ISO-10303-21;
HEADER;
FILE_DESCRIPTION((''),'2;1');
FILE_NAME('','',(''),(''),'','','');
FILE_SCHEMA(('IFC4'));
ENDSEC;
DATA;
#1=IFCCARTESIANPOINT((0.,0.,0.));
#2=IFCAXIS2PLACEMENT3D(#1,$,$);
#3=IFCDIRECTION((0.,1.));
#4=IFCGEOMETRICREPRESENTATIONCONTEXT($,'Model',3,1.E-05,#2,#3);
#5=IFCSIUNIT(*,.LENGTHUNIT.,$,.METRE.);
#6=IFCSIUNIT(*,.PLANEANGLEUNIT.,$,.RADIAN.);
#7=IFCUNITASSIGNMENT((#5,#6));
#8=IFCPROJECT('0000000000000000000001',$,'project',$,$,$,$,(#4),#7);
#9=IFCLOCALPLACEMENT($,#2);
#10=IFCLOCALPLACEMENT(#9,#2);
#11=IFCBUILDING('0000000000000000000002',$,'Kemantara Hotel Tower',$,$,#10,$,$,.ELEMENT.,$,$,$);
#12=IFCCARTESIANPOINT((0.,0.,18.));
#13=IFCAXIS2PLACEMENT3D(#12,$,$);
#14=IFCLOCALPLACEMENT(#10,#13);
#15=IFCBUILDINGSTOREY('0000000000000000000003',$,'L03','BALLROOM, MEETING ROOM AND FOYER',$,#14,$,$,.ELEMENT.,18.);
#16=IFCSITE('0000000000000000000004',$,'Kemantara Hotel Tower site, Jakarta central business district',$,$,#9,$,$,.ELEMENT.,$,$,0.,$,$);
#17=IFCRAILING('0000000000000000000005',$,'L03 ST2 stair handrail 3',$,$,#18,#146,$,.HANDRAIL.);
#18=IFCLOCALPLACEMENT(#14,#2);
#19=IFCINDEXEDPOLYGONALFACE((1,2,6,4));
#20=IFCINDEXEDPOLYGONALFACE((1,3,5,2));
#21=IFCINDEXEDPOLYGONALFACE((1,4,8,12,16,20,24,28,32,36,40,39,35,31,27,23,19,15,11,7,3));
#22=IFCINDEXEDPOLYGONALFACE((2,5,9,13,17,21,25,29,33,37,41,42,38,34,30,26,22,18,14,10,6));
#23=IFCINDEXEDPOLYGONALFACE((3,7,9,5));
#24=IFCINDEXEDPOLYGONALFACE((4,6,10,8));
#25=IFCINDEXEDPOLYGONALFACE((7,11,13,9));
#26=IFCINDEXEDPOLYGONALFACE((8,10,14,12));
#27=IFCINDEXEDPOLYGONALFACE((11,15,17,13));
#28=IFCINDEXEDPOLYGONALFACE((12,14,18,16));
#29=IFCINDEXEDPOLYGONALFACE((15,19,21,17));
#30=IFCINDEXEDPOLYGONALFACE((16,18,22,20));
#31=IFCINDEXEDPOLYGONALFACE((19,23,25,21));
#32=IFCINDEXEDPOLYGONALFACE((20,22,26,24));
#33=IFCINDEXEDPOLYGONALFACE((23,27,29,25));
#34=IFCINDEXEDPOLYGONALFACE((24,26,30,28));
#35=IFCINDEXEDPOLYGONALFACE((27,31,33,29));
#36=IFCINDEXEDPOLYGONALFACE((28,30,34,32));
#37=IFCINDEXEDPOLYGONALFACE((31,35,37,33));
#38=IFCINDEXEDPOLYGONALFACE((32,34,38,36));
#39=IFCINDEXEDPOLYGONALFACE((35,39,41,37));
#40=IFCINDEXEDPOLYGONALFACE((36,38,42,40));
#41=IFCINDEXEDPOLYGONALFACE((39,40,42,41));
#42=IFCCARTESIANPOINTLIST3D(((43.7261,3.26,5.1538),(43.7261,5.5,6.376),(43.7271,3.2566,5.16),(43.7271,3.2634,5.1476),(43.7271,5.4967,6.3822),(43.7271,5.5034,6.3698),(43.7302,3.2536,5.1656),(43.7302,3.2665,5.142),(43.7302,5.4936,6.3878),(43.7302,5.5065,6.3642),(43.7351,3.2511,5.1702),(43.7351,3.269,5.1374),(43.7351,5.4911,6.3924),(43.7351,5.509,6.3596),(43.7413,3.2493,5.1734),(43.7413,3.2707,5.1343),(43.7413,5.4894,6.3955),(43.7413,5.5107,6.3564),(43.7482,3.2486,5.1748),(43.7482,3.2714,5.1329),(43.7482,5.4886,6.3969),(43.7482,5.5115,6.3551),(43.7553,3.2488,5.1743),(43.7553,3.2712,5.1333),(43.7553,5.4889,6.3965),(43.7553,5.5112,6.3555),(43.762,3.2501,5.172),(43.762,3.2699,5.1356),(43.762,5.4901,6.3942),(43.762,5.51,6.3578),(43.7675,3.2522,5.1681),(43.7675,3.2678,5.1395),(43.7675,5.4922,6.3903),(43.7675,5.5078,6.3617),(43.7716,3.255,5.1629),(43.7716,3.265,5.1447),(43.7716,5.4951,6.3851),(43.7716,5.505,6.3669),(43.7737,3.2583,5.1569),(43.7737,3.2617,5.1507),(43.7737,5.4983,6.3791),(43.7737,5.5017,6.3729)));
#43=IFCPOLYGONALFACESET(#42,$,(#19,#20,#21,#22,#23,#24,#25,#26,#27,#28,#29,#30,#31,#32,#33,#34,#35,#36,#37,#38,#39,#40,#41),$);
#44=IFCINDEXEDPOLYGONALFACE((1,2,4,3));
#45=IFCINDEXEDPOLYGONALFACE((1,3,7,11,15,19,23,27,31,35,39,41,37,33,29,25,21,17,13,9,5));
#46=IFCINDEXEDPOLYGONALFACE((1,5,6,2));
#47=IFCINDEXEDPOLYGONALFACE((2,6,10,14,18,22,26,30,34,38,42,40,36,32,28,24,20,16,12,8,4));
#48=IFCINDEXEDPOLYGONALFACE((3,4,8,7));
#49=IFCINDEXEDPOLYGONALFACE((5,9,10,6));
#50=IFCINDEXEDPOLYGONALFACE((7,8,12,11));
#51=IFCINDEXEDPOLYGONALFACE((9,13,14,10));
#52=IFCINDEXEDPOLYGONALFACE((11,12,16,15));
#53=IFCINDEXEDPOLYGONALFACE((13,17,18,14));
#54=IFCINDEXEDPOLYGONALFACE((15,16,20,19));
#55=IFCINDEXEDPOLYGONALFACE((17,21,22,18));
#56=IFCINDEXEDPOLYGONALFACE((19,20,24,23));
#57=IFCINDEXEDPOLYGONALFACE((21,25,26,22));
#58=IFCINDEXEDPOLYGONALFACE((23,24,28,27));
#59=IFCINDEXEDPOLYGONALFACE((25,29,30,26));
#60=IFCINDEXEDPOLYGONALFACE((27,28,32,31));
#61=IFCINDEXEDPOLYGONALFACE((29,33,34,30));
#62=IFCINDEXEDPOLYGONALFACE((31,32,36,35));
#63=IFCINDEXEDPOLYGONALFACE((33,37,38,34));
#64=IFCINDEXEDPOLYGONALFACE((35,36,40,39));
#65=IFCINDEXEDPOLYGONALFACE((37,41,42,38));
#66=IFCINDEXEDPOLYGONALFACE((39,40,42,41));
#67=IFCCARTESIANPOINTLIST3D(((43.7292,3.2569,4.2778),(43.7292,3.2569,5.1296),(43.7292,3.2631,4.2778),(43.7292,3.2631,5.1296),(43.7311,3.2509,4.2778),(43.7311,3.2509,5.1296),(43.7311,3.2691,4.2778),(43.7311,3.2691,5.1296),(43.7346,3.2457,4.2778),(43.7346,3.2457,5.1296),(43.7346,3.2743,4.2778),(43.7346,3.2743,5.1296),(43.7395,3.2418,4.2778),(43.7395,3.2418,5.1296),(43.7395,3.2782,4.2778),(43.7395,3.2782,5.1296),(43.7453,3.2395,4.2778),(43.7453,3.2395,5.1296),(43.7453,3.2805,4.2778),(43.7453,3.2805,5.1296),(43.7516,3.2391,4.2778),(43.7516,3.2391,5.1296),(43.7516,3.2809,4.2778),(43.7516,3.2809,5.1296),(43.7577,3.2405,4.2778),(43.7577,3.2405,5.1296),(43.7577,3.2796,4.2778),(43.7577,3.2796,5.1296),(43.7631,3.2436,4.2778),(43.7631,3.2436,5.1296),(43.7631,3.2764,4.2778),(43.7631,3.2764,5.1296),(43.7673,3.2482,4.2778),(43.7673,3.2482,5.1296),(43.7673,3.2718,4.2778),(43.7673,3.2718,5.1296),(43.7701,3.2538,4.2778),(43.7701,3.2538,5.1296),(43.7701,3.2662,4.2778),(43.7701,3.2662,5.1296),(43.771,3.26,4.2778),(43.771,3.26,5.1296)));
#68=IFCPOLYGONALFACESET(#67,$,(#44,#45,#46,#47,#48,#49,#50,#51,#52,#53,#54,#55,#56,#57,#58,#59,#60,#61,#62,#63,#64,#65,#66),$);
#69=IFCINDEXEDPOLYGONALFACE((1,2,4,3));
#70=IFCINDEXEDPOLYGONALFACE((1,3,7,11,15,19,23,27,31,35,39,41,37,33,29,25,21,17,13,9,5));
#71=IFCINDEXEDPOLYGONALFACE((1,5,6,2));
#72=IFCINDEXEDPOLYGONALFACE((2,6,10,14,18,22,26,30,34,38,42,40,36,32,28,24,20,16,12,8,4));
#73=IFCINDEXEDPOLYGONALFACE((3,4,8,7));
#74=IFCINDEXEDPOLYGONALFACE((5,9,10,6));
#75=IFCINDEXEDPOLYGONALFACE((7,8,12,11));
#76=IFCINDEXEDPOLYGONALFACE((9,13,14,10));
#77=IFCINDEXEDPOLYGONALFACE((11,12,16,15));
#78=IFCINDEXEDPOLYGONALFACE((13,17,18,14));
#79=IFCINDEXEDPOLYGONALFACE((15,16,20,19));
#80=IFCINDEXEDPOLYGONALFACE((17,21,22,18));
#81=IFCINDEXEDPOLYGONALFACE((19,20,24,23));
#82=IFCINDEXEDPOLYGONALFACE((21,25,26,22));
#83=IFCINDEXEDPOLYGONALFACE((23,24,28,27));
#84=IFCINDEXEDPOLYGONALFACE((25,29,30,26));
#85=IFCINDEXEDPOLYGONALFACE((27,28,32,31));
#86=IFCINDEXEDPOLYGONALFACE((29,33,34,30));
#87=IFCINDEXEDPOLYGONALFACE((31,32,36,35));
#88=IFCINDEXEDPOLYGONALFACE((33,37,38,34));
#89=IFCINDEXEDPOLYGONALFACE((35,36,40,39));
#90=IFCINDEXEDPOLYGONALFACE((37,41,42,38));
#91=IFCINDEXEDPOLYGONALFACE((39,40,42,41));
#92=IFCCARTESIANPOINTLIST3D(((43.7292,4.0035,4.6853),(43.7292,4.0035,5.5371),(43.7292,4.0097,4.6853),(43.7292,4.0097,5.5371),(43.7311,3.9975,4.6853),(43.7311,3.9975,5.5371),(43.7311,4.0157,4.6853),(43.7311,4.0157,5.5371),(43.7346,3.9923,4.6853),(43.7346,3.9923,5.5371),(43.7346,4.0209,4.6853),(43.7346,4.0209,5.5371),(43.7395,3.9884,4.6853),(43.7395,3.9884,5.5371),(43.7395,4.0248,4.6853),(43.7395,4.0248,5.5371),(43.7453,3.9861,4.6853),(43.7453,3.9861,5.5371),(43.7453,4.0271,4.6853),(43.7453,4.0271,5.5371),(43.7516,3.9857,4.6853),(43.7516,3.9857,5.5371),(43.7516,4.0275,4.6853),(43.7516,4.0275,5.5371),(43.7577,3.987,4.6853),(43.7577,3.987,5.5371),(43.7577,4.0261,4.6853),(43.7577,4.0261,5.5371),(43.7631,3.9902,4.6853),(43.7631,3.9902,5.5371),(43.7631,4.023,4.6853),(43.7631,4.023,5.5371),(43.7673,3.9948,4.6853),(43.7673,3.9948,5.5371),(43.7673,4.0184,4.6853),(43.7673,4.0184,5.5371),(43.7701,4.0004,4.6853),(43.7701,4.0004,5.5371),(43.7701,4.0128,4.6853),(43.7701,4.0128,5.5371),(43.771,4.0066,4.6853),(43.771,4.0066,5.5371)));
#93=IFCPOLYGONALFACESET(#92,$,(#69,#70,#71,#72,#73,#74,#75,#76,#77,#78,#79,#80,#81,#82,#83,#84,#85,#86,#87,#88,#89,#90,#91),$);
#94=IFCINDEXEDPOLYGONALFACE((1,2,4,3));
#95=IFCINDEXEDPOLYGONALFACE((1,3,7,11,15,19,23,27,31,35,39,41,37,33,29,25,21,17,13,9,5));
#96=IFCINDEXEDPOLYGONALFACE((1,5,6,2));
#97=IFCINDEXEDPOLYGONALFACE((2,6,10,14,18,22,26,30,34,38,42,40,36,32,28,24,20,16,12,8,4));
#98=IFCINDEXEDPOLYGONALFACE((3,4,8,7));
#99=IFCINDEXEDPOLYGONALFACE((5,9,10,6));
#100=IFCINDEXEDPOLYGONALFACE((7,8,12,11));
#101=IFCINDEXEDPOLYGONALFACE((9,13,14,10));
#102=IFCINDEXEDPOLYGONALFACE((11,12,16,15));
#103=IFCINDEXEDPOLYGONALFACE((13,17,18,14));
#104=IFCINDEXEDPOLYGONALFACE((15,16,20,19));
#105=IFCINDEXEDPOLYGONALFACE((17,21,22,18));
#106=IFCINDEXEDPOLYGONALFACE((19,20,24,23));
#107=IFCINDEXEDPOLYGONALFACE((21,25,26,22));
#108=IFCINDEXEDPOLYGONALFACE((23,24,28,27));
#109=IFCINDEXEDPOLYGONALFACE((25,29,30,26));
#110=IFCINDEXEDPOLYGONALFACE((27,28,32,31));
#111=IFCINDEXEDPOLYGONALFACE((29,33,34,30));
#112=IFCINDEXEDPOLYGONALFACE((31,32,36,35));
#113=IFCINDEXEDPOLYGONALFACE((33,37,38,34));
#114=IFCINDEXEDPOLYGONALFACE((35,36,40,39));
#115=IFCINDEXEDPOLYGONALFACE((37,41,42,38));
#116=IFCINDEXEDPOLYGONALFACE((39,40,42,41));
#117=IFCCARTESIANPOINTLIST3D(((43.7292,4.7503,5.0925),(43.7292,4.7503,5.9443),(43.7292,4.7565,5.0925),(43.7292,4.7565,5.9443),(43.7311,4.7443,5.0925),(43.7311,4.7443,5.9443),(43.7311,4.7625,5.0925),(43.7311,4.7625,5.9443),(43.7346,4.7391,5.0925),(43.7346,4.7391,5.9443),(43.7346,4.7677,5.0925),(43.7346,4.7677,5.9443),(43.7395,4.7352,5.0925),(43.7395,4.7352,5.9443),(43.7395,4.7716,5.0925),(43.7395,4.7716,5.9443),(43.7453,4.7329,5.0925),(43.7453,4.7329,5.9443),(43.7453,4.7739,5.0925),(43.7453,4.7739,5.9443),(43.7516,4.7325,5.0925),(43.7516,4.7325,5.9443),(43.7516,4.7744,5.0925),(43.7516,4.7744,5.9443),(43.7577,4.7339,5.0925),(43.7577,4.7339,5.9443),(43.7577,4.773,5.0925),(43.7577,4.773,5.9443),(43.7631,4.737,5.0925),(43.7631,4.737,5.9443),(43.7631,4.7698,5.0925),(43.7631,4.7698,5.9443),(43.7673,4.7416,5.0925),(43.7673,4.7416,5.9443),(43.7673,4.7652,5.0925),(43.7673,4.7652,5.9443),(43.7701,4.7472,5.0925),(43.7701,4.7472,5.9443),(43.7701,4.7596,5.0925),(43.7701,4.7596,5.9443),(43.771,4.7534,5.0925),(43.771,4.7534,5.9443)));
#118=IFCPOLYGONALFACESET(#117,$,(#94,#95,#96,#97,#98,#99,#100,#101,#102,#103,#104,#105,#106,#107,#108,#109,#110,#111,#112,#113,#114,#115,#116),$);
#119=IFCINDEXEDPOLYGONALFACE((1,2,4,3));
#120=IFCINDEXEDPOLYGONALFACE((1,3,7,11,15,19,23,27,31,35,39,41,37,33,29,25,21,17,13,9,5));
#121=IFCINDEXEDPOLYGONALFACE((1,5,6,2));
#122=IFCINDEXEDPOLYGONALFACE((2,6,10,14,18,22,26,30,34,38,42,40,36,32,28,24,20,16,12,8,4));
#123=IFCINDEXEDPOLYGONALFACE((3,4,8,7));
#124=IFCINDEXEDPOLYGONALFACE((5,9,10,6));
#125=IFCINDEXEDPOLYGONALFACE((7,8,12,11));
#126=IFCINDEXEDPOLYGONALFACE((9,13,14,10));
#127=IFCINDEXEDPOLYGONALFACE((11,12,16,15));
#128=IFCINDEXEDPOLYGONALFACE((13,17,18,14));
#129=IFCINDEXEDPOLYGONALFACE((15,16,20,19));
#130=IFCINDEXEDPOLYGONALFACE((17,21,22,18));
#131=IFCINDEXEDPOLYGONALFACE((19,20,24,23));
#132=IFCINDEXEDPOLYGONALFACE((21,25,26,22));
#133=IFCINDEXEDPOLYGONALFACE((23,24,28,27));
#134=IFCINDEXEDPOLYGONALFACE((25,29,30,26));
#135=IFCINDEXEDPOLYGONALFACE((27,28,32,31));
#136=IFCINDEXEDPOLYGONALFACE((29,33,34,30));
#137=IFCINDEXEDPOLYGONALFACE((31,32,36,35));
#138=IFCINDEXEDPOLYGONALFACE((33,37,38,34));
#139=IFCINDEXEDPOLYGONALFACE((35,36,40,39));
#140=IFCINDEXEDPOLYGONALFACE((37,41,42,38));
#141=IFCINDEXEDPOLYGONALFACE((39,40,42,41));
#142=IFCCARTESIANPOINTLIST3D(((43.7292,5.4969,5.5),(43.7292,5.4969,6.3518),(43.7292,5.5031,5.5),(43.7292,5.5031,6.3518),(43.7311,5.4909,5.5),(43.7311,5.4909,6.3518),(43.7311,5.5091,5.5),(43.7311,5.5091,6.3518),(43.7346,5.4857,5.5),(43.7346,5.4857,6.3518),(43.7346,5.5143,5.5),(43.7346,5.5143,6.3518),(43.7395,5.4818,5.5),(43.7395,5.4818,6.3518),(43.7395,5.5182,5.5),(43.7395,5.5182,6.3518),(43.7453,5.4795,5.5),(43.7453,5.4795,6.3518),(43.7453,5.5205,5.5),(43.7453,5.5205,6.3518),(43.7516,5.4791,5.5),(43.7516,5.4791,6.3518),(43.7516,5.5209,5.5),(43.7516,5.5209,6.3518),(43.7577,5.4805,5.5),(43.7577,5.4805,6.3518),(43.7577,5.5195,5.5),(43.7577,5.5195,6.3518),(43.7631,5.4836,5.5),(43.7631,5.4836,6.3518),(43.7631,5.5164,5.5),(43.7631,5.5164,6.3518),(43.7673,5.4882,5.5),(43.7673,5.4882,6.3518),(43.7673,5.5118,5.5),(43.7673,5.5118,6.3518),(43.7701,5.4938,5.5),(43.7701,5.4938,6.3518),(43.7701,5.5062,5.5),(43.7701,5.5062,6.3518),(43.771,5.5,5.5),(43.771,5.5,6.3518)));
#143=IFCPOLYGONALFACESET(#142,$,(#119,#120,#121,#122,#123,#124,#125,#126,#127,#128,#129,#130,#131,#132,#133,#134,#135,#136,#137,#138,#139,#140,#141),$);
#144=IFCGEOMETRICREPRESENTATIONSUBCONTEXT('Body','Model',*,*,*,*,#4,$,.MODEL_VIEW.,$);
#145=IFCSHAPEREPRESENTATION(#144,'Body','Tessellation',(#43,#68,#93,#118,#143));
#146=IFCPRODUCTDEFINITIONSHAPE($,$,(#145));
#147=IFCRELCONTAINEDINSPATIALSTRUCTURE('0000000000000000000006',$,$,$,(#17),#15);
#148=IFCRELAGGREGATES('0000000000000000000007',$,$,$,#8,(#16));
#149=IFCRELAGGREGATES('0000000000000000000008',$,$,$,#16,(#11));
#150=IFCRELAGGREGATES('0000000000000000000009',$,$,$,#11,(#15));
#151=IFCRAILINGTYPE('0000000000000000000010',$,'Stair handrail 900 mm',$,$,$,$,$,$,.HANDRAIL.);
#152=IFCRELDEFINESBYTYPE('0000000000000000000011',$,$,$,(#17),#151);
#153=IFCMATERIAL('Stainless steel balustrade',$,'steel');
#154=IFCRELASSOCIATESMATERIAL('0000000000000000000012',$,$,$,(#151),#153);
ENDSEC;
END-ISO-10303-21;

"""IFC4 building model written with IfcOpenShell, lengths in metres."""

from ifc_helpers import new_model, si_unit, direction, frame, origin, origin_2d, place, context, subcontext, project, spatial, circle, extrude, material, type_object, element, save


model = new_model("IFC4")

# Units and contexts
model_context = context("Model", 3, precision=1e-05, world=origin(), true_north=direction((0.0, 1.0)))
body_context = subcontext(model_context, "Body", "Model", "MODEL_VIEW")
ifc_project = project(units=[si_unit("LENGTHUNIT", "METRE"), si_unit("PLANEANGLEUNIT", "RADIAN")], contexts=[model_context])

# Site, building, storey
site_placement = place(None, origin())
site = spatial("IfcSite", under=ifc_project, at=site_placement, Name="Kemantara Hotel Tower site, Jakarta central business district", CompositionType="ELEMENT", RefElevation=0.0)
building_placement = place(site_placement, origin())
building = spatial("IfcBuilding", under=site, at=building_placement, Name="Kemantara Hotel Tower", CompositionType="ELEMENT")
storey_placement = place(building_placement, frame((0.0, 0.0, 18.0)))
storey = spatial("IfcBuildingStorey", under=building, at=storey_placement, Name="L03", Description="BALLROOM, MEETING ROOM AND FOYER", CompositionType="ELEMENT", Elevation=18.0)

# Railing
ifc_material_1 = material(Name="Stainless steel balustrade", Category="steel")
railing_type_1 = type_object("IfcRailingType", Name="Stair handrail 900 mm", PredefinedType="HANDRAIL", material=ifc_material_1)
railing_1_placement = place(storey_placement, frame((43.75, 3.26, 4.2778)))
element("IfcRailing", 1, at=railing_1_placement, inside=storey, type_object=railing_type_1, Name="L03 ST2 stair handrail 3", PredefinedType="HANDRAIL", context=body_context, shape_type="SweptSolid", body=[
    extrude(circle(Radius=0.0239, at=origin_2d()), frame((0.0, 0.0, 0.876), z_axis=(0.0, 0.877837, 0.478959), x_axis=(-1.0, 0.0, 0.0)), (0.0, 0.0, 1.0), 2.5518),
    extrude(circle(Radius=0.021, at=origin_2d()), origin(), (0.0, 0.0, 1.0), 0.8518),
    extrude(circle(Radius=0.021, at=origin_2d()), frame((0.0, 0.7466, 0.4075)), (0.0, 0.0, 1.0), 0.8518),
    extrude(circle(Radius=0.021, at=origin_2d()), frame((0.0, 1.4934, 0.8147)), (0.0, 0.0, 1.0), 0.8518),
    extrude(circle(Radius=0.021, at=origin_2d()), frame((0.0, 2.24, 1.2222)), (0.0, 0.0, 1.0), 0.8518),
])

save(model, "model.ifc")
